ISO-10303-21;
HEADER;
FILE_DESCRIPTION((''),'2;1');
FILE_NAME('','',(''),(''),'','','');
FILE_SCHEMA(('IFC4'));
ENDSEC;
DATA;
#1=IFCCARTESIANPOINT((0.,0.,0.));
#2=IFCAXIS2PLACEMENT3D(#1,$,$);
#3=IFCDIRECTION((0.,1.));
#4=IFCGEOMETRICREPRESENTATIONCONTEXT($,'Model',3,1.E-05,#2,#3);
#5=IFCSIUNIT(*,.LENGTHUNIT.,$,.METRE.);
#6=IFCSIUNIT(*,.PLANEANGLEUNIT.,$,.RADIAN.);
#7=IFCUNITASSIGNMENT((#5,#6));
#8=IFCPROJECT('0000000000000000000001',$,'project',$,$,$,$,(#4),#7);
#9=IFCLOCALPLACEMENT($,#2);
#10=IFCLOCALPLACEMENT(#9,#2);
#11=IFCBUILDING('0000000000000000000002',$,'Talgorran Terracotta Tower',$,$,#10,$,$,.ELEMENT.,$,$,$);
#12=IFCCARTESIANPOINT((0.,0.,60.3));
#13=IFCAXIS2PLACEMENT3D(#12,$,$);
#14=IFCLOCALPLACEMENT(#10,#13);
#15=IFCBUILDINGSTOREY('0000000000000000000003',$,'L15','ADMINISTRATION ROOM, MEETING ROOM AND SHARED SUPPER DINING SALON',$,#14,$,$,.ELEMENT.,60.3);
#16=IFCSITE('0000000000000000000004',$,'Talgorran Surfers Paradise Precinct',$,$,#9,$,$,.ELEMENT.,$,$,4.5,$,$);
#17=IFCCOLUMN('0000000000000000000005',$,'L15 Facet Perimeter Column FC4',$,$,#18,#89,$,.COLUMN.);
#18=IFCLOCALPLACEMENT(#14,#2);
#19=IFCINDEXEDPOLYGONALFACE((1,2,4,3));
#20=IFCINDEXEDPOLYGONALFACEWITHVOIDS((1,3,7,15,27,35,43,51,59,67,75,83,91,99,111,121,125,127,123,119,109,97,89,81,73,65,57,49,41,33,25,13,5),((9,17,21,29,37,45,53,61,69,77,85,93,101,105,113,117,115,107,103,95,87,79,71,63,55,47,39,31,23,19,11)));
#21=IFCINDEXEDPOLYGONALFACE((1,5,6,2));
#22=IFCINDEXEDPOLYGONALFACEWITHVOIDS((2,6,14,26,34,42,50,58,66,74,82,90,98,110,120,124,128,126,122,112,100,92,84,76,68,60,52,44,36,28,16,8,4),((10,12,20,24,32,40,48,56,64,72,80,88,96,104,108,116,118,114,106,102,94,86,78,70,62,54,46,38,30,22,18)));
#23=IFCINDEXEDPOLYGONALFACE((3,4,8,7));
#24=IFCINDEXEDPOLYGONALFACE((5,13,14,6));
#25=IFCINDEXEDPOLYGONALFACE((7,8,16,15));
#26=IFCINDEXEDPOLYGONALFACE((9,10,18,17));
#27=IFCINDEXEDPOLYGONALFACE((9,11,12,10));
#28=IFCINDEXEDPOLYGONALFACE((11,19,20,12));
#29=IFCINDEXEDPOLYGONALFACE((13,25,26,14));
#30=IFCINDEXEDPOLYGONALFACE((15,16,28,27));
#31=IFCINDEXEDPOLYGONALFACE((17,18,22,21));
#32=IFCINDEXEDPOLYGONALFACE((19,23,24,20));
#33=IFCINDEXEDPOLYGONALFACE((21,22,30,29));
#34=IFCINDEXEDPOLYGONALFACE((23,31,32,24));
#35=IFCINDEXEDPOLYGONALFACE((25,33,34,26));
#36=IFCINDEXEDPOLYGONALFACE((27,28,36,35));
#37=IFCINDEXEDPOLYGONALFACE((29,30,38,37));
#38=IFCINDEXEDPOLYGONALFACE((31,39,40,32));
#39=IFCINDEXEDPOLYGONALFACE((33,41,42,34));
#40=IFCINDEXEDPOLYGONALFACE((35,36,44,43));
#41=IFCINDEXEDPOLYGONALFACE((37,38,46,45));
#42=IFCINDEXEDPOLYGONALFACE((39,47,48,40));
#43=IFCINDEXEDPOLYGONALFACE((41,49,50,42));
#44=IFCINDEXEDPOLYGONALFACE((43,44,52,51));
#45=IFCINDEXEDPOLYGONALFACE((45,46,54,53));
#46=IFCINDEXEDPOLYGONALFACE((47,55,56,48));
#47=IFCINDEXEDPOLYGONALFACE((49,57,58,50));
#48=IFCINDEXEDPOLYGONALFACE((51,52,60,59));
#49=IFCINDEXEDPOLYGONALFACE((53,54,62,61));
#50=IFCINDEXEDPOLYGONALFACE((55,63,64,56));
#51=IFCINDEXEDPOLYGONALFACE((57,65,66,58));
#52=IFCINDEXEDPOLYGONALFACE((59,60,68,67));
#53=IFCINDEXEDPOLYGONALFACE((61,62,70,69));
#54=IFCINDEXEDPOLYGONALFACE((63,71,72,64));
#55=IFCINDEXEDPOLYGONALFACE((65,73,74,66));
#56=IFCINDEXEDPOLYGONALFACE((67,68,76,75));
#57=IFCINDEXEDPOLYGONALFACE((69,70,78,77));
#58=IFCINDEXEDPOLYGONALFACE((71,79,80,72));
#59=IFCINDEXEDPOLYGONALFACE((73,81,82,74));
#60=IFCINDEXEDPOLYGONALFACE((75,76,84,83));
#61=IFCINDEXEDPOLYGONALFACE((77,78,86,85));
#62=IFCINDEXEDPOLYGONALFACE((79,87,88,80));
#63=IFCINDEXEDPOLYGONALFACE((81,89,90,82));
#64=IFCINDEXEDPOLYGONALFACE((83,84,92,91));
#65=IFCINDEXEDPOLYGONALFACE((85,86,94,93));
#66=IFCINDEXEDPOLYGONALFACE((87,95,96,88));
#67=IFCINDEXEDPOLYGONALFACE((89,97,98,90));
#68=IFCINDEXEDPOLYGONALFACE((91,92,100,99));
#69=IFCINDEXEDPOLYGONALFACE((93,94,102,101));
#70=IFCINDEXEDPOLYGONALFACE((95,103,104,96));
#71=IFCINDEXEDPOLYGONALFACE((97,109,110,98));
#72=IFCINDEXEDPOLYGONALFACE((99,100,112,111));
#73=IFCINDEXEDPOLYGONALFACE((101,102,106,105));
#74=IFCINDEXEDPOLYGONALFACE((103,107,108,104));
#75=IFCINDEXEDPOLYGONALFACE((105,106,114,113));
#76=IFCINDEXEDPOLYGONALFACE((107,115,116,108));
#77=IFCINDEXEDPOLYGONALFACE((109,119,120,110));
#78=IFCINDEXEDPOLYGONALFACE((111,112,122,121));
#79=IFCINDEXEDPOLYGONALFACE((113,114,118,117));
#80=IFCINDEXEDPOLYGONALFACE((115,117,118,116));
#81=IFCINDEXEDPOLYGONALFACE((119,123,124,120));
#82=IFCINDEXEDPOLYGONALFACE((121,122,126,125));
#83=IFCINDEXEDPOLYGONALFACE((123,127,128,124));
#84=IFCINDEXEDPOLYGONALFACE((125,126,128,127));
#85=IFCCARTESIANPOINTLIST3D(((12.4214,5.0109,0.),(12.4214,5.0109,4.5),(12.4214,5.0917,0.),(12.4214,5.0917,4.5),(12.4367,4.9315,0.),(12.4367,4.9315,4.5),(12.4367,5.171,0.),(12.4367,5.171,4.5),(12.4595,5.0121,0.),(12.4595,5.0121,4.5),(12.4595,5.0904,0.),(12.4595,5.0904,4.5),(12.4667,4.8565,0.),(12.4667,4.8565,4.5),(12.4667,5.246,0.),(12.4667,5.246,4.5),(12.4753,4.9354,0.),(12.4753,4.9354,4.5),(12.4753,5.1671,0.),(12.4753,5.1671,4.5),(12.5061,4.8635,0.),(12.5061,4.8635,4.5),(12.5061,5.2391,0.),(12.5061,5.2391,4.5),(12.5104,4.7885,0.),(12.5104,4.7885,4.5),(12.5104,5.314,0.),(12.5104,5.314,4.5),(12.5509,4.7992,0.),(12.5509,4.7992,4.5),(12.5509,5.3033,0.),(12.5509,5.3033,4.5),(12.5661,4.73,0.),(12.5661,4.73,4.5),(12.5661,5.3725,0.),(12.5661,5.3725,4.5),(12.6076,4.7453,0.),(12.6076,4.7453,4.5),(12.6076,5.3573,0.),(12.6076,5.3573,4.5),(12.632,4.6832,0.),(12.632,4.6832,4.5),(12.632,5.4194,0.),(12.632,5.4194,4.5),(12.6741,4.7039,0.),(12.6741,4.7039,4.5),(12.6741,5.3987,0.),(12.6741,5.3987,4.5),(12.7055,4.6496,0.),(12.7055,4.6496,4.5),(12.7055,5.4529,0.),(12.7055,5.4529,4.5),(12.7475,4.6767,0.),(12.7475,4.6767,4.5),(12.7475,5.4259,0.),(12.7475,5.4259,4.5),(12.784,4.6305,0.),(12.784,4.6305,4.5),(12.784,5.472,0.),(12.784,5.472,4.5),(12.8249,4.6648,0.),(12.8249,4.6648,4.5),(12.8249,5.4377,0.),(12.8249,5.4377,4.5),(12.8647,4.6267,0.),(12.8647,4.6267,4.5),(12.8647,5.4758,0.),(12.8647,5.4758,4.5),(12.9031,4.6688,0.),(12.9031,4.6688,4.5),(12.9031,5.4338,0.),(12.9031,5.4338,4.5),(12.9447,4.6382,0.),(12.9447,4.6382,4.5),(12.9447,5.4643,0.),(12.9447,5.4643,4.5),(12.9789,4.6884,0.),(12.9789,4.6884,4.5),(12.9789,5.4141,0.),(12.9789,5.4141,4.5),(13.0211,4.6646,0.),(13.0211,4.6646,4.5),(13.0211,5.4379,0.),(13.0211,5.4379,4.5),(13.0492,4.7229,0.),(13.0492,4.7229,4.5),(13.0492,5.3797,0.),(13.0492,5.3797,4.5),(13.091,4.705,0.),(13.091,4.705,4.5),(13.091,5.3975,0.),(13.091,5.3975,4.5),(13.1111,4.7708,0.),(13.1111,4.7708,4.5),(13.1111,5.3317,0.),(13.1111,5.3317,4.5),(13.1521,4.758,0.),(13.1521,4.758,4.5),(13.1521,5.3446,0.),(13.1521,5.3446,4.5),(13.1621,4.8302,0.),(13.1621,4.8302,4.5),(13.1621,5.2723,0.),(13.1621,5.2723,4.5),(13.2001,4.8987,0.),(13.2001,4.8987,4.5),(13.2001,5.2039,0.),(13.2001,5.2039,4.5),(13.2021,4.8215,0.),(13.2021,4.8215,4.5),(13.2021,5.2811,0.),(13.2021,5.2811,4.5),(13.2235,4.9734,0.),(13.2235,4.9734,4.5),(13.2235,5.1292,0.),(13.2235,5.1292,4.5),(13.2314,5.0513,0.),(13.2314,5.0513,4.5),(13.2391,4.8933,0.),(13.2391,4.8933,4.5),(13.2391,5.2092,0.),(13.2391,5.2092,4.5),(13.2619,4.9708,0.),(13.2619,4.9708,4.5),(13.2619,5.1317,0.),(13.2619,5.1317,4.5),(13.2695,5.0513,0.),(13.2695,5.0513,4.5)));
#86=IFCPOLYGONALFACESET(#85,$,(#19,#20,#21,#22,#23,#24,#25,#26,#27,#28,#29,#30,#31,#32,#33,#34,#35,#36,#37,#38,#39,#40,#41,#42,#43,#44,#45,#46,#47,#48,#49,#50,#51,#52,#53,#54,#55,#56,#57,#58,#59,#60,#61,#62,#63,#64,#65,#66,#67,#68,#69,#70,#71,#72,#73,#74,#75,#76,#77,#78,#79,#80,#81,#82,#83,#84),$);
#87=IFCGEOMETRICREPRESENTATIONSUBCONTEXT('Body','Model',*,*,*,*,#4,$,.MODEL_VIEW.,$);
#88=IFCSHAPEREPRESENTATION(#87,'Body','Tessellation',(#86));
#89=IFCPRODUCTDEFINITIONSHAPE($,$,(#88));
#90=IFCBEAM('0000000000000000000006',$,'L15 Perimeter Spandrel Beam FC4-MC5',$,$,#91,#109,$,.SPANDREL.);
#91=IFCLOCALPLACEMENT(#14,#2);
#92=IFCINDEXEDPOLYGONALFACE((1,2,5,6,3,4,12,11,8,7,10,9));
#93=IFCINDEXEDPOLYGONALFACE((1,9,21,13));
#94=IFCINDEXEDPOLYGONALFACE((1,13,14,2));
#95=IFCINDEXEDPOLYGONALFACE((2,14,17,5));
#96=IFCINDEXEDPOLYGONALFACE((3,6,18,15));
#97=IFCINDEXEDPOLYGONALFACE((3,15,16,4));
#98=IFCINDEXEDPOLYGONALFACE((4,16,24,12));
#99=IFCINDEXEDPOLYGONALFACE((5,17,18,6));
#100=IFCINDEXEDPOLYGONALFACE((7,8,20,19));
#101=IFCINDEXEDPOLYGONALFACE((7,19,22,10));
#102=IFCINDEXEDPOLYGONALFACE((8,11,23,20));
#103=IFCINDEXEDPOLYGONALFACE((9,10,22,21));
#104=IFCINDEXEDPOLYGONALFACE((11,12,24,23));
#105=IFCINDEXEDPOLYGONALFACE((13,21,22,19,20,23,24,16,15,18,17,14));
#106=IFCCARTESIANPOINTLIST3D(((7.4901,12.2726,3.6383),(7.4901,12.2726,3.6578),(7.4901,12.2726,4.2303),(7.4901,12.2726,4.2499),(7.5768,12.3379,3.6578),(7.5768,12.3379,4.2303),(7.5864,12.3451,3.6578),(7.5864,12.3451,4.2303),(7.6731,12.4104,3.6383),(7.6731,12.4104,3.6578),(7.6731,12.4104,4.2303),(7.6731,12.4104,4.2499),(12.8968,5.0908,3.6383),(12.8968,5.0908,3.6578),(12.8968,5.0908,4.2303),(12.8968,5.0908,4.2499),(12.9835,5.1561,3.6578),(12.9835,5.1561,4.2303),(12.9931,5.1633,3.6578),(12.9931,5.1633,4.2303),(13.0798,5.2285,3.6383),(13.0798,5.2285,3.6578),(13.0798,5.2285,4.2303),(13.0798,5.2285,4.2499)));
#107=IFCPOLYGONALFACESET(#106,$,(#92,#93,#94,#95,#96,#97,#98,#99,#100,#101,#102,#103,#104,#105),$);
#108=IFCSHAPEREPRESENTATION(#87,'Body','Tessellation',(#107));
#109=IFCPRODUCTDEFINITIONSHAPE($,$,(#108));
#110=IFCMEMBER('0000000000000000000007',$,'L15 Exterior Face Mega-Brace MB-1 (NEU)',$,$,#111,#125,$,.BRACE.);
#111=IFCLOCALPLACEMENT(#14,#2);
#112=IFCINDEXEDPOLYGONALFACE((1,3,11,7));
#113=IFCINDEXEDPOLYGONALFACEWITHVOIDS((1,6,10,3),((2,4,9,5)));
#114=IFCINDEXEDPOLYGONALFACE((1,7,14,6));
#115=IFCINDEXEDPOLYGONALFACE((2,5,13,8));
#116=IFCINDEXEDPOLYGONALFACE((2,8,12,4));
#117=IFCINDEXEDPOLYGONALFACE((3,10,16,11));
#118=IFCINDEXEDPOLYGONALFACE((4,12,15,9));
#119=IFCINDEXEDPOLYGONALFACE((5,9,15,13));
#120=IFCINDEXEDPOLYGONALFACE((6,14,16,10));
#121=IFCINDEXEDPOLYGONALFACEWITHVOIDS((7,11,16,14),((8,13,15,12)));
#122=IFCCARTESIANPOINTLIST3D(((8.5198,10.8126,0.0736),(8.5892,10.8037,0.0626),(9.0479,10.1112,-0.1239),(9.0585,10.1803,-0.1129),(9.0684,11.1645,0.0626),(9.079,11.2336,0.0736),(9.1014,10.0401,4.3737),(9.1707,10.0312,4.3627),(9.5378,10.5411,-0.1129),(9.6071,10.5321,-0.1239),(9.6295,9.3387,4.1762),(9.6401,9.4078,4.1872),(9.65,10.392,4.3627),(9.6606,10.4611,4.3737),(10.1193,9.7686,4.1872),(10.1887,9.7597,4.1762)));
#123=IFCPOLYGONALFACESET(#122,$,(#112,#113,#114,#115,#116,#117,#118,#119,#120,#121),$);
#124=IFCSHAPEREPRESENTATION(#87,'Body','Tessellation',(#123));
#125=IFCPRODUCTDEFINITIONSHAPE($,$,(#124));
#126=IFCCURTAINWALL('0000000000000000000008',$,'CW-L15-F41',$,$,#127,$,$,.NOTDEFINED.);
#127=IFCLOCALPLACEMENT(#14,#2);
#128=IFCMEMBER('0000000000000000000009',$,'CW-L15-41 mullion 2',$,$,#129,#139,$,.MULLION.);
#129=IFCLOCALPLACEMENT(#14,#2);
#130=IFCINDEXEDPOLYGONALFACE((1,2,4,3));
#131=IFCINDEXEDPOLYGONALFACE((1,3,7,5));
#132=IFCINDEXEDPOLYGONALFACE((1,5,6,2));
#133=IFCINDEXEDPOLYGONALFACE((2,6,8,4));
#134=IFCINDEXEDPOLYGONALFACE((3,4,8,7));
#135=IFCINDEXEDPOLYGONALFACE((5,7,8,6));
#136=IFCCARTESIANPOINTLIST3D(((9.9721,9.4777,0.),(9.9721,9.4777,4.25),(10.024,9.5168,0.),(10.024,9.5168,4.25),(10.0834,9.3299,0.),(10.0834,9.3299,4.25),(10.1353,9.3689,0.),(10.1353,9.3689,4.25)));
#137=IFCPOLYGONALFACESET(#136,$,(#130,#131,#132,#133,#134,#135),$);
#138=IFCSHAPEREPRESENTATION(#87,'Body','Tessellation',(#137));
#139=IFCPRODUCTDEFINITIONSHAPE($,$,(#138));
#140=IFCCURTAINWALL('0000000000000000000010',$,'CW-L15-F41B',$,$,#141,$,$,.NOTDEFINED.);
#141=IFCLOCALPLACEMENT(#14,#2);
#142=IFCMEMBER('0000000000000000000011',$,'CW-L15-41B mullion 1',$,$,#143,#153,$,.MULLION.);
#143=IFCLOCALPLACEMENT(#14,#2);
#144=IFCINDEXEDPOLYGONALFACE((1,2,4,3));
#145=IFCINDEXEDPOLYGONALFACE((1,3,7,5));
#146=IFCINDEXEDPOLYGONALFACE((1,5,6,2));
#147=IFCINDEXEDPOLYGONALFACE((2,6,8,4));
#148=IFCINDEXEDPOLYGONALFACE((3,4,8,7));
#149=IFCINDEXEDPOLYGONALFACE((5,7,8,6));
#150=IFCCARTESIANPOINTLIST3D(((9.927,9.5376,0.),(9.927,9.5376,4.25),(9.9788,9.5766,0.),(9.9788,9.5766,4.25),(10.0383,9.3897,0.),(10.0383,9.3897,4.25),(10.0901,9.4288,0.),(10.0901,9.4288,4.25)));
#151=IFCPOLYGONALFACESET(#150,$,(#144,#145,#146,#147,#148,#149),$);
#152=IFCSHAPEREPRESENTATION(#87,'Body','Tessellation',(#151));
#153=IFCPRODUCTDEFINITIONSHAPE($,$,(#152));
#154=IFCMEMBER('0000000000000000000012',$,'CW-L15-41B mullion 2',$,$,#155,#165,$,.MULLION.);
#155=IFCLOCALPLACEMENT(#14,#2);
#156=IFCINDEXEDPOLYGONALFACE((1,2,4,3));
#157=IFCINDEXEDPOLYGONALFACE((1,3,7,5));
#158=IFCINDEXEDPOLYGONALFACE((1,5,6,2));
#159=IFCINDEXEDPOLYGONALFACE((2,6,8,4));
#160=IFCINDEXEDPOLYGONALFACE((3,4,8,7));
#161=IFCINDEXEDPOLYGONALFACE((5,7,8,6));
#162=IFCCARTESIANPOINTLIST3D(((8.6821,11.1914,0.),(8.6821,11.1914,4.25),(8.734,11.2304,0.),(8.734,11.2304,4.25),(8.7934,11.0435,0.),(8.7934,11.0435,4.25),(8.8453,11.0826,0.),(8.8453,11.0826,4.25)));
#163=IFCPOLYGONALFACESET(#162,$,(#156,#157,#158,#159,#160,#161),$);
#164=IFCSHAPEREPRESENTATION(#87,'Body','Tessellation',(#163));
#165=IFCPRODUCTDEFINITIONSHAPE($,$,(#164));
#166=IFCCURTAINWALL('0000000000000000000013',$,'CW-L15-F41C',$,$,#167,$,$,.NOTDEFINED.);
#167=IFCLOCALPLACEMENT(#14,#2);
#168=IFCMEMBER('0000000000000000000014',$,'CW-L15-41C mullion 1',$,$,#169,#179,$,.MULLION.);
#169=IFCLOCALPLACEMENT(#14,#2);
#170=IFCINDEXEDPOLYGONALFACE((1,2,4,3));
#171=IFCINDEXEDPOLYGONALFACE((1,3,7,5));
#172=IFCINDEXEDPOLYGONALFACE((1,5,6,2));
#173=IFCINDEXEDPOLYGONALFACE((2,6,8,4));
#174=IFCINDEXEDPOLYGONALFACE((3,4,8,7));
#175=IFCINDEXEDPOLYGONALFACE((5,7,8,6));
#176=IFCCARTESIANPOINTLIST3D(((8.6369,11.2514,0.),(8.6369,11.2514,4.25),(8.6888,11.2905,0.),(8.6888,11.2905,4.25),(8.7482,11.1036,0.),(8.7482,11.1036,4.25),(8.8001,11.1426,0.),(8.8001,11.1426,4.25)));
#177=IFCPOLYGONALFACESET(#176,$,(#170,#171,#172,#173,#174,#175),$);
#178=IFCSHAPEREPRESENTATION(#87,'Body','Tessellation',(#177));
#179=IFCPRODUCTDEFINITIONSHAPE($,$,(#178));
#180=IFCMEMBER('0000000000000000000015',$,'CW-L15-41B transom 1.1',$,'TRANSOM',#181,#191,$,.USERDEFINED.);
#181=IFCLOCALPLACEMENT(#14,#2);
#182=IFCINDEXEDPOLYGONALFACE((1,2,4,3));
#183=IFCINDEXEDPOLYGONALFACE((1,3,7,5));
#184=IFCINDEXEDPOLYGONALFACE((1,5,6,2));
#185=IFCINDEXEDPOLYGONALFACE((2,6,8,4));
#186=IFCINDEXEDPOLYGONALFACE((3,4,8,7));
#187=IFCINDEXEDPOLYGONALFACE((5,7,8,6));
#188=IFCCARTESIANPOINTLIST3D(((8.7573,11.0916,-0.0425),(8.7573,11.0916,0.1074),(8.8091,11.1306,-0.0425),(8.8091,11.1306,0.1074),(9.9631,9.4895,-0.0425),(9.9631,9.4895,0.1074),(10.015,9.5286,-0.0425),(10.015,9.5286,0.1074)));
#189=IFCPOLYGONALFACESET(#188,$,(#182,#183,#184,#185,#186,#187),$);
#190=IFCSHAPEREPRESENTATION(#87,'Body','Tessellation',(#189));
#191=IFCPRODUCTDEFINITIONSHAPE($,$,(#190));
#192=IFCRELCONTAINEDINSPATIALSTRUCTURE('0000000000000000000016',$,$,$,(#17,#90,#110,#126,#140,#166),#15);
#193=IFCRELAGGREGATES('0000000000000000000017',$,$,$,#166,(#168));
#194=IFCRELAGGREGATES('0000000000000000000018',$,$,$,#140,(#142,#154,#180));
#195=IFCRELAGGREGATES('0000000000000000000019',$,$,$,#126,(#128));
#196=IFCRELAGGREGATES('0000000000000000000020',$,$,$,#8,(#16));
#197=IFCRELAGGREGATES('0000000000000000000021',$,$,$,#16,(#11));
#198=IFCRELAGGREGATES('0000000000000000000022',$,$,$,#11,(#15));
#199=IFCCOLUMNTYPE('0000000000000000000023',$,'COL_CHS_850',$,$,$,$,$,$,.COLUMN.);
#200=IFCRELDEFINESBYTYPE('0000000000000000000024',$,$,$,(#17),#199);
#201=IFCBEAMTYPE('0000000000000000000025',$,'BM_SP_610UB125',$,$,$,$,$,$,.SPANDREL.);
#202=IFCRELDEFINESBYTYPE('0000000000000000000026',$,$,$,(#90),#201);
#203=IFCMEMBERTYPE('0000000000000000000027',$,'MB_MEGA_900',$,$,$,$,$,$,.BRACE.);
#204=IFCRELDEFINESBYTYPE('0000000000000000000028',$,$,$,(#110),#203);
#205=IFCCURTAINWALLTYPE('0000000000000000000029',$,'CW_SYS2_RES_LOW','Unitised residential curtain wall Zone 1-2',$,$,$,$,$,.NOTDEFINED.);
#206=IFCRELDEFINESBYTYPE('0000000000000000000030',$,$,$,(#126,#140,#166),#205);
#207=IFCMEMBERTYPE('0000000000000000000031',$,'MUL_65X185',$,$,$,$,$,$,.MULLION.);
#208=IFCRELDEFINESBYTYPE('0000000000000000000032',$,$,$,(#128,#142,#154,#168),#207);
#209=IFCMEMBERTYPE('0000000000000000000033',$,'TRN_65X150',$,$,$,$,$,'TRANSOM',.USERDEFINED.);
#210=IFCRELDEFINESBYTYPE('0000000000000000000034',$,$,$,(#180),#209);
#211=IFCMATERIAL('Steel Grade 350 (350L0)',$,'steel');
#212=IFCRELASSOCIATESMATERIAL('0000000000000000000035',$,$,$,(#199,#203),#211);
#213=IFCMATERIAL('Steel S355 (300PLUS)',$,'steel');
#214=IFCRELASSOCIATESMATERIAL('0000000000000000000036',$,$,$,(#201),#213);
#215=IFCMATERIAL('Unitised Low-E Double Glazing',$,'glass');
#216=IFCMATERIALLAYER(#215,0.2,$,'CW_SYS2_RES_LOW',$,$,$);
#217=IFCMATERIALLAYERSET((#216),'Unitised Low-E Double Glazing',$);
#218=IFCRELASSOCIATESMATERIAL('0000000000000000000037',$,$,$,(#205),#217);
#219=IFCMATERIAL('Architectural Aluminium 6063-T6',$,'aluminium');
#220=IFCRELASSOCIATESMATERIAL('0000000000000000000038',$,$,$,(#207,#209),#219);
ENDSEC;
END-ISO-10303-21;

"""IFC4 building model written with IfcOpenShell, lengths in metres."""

from ifc_helpers import new_model, si_unit, direction, frame, origin, origin_2d, place, context, subcontext, project, spatial, rectangle, hollow_rectangle, hollow_circle, i_section, extrude, material, layer, layer_set, material_profile, profile_set, type_object, element, aggregate, save


model = new_model("IFC4")

# Units and contexts
model_context = context("Model", 3, precision=1e-05, world=origin(), true_north=direction((0.0, 1.0)))
body_context = subcontext(model_context, "Body", "Model", "MODEL_VIEW")
ifc_project = project(units=[si_unit("LENGTHUNIT", "METRE"), si_unit("PLANEANGLEUNIT", "RADIAN")], contexts=[model_context])

# Site, building, storey
site_placement = place(None, origin())
site = spatial("IfcSite", under=ifc_project, at=site_placement, Name="Talgorran Surfers Paradise Precinct", CompositionType="ELEMENT", RefElevation=4.5)
building_placement = place(site_placement, origin())
building = spatial("IfcBuilding", under=site, at=building_placement, Name="Talgorran Terracotta Tower", CompositionType="ELEMENT")
storey_placement = place(building_placement, frame((0.0, 0.0, 60.3)))
storey = spatial("IfcBuildingStorey", under=building, at=storey_placement, Name="L15", Description="ADMINISTRATION ROOM, MEETING ROOM AND SHARED SUPPER DINING SALON", CompositionType="ELEMENT", Elevation=60.3)

# Column
ifc_material_1 = material(Name="Steel Grade 350 (350L0)", Category="steel")
ifc_material_profile_1 = material_profile(ifc_material_1, hollow_circle(Radius=0.425, WallThickness=0.0381, at=origin_2d()), Name="CHS850X38")
ifc_profile_set_1 = profile_set([ifc_material_profile_1], Name="Steel Grade 350 (350L0)")
column_type = type_object("IfcColumnType", Name="COL_CHS_850", PredefinedType="COLUMN", material=ifc_profile_set_1)
column_placement = place(storey_placement, frame((12.8445, 5.0513, 0.0), z_axis=(0.0, 0.0, 1.0), x_axis=(1.0, 0.0, 0.0)))
element("IfcColumn", 1, at=column_placement, inside=storey, type_object=column_type, Name="L15 Facet Perimeter Column FC4", PredefinedType="COLUMN", context=body_context, shape_type="SweptSolid", body=[
    extrude(hollow_circle(Radius=0.425, WallThickness=0.0381, at=origin_2d()), origin(), (0.0, 0.0, 1.0), 4.5),
])

# Beam
ifc_material_2 = material(Name="Steel S355 (300PLUS)", Category="steel")
ifc_material_profile_2 = material_profile(ifc_material_2, i_section(OverallWidth=0.229, OverallDepth=0.6116, WebThickness=0.012, FlangeThickness=0.0195, at=origin_2d()), Name="610UB125")
ifc_profile_set_2 = profile_set([ifc_material_profile_2], Name="Steel S355 (300PLUS)")
beam_type = type_object("IfcBeamType", Name="BM_SP_610UB125", PredefinedType="SPANDREL", material=ifc_profile_set_2)
beam_placement = place(storey_placement, frame((12.9883, 5.1597, 3.9441), z_axis=(-0.601446, 0.798913, 0.0), x_axis=(-0.798913, -0.601446, 0.0)))
element("IfcBeam", 2, at=beam_placement, inside=storey, type_object=beam_type, Name="L15 Perimeter Spandrel Beam FC4-MC5", PredefinedType="SPANDREL", context=body_context, shape_type="SweptSolid", body=[
    extrude(i_section(OverallWidth=0.229, OverallDepth=0.6116, WebThickness=0.012, FlangeThickness=0.0195, at=origin_2d()), origin(), (0.0, 0.0, 1.0), 8.9895),
])

# Member
ifc_material_profile_3 = material_profile(ifc_material_1, hollow_rectangle(XDim=0.7, YDim=0.8999, WallThickness=0.05, at=origin_2d()), Name="WBOX900X700X50")
ifc_profile_set_3 = profile_set([ifc_material_profile_3], Name="Steel Grade 350 (350L0)")
member_type_1 = type_object("IfcMemberType", Name="MB_MEGA_900", PredefinedType="BRACE", material=ifc_profile_set_3)
member_1_placement = place(storey_placement, frame((9.0635, 10.6724, -0.0251), z_axis=(0.131946, -0.175264, 0.97564), x_axis=(0.798908, 0.601453, 0.0)))
element("IfcMember", 3, at=member_1_placement, inside=storey, type_object=member_type_1, Name="L15 Exterior Face Mega-Brace MB-1 (NEU)", PredefinedType="BRACE", context=body_context, shape_type="SweptSolid", body=[
    extrude(hollow_rectangle(XDim=0.7, YDim=0.8999, WallThickness=0.05, at=origin_2d()), origin(), (0.0, 0.0, 1.0), 4.4075),
])

# Curtain wall, member
ifc_material_3 = material(Name="Unitised Low-E Double Glazing", Category="glass")
ifc_layer_1 = layer(ifc_material_3, 0.2, Name="CW_SYS2_RES_LOW")
ifc_layer_set_1 = layer_set([ifc_layer_1], Name="Unitised Low-E Double Glazing")
curtain_wall_type = type_object("IfcCurtainWallType", Name="CW_SYS2_RES_LOW", Description="Unitised residential curtain wall Zone 1-2", PredefinedType="NOTDEFINED", material=ifc_layer_set_1)
curtain_wall_1_placement = place(storey_placement, origin())
curtain_wall_1 = element("IfcCurtainWall", 4, at=curtain_wall_1_placement, inside=storey, type_object=curtain_wall_type, Name="CW-L15-F41", PredefinedType="NOTDEFINED")
ifc_material_4 = material(Name="Architectural Aluminium 6063-T6", Category="aluminium")
ifc_material_profile_4 = material_profile(ifc_material_4, rectangle(XDim=0.0649, YDim=0.1851, at=origin_2d()), Name="CWM65X185")
ifc_profile_set_4 = profile_set([ifc_material_profile_4], Name="Architectural Aluminium 6063-T6")
member_type_2 = type_object("IfcMemberType", Name="MUL_65X185", PredefinedType="MULLION", material=ifc_profile_set_4)
member_2_placement = place(storey_placement, frame((10.0537, 9.4233, 0.0), z_axis=(0.0, 0.0, 1.0), x_axis=(-0.798919, -0.601439, 0.0)))
member_2 = element("IfcMember", 5, at=member_2_placement, type_object=member_type_2, Name="CW-L15-41 mullion 2", PredefinedType="MULLION", context=body_context, shape_type="SweptSolid", body=[
    extrude(rectangle(XDim=0.0649, YDim=0.1851, at=origin_2d()), origin(), (0.0, 0.0, 1.0), 4.25),
])

# Curtain wall, members
curtain_wall_2_placement = place(storey_placement, origin())
curtain_wall_2 = element("IfcCurtainWall", 6, at=curtain_wall_2_placement, inside=storey, type_object=curtain_wall_type, Name="CW-L15-F41B", PredefinedType="NOTDEFINED")
member_3_placement = place(storey_placement, frame((10.0085, 9.4832, 0.0), z_axis=(0.0, 0.0, 1.0), x_axis=(-0.798931, -0.601423, 0.0)))
member_3 = element("IfcMember", 7, at=member_3_placement, type_object=member_type_2, Name="CW-L15-41B mullion 1", PredefinedType="MULLION", context=body_context, shape_type="SweptSolid", body=[
    extrude(rectangle(XDim=0.0649, YDim=0.1851, at=origin_2d()), origin(), (0.0, 0.0, 1.0), 4.25),
])
member_4_placement = place(storey_placement, frame((8.7637, 11.137, 0.0), z_axis=(0.0, 0.0, 1.0), x_axis=(-0.798931, -0.601423, 0.0)))
member_4 = element("IfcMember", 8, at=member_4_placement, type_object=member_type_2, Name="CW-L15-41B mullion 2", PredefinedType="MULLION", context=body_context, shape_type="SweptSolid", body=[
    extrude(rectangle(XDim=0.0649, YDim=0.1851, at=origin_2d()), origin(), (0.0, 0.0, 1.0), 4.25),
])

# Curtain wall, member
curtain_wall_3_placement = place(storey_placement, origin())
curtain_wall_3 = element("IfcCurtainWall", 9, at=curtain_wall_3_placement, inside=storey, type_object=curtain_wall_type, Name="CW-L15-F41C", PredefinedType="NOTDEFINED")
member_5_placement = place(storey_placement, frame((8.7185, 11.197, 0.0), z_axis=(0.0, 0.0, 1.0), x_axis=(-0.798906, -0.601456, 0.0)))
member_5 = element("IfcMember", 10, at=member_5_placement, type_object=member_type_2, Name="CW-L15-41C mullion 1", PredefinedType="MULLION", context=body_context, shape_type="SweptSolid", body=[
    extrude(rectangle(XDim=0.0649, YDim=0.1851, at=origin_2d()), origin(), (0.0, 0.0, 1.0), 4.25),
])

# Member
ifc_material_profile_5 = material_profile(ifc_material_4, rectangle(XDim=0.0649, YDim=0.1499, at=origin_2d()), Name="CWT65X150")
ifc_profile_set_5 = profile_set([ifc_material_profile_5], Name="Architectural Aluminium 6063-T6")
member_type_3 = type_object("IfcMemberType", Name="TRN_65X150", ElementType="TRANSOM", PredefinedType="USERDEFINED", material=ifc_profile_set_5)
member_6_placement = place(storey_placement, frame((9.989, 9.509, 0.0325), z_axis=(-0.601363, 0.798976, 0.0), x_axis=(-0.798976, -0.601363, 0.0)))
member_6 = element("IfcMember", 11, at=member_6_placement, type_object=member_type_3, Name="CW-L15-41B transom 1.1", ObjectType="TRANSOM", PredefinedType="USERDEFINED", context=body_context, shape_type="SweptSolid", body=[
    extrude(rectangle(XDim=0.0649, YDim=0.1499, at=origin_2d()), origin(), (0.0, 0.0, 1.0), 2.0051),
])
aggregate(curtain_wall_3, [member_5])

aggregate(curtain_wall_2, [member_3, member_4, member_6])
aggregate(curtain_wall_1, [member_2])

save(model, "model.ifc")
